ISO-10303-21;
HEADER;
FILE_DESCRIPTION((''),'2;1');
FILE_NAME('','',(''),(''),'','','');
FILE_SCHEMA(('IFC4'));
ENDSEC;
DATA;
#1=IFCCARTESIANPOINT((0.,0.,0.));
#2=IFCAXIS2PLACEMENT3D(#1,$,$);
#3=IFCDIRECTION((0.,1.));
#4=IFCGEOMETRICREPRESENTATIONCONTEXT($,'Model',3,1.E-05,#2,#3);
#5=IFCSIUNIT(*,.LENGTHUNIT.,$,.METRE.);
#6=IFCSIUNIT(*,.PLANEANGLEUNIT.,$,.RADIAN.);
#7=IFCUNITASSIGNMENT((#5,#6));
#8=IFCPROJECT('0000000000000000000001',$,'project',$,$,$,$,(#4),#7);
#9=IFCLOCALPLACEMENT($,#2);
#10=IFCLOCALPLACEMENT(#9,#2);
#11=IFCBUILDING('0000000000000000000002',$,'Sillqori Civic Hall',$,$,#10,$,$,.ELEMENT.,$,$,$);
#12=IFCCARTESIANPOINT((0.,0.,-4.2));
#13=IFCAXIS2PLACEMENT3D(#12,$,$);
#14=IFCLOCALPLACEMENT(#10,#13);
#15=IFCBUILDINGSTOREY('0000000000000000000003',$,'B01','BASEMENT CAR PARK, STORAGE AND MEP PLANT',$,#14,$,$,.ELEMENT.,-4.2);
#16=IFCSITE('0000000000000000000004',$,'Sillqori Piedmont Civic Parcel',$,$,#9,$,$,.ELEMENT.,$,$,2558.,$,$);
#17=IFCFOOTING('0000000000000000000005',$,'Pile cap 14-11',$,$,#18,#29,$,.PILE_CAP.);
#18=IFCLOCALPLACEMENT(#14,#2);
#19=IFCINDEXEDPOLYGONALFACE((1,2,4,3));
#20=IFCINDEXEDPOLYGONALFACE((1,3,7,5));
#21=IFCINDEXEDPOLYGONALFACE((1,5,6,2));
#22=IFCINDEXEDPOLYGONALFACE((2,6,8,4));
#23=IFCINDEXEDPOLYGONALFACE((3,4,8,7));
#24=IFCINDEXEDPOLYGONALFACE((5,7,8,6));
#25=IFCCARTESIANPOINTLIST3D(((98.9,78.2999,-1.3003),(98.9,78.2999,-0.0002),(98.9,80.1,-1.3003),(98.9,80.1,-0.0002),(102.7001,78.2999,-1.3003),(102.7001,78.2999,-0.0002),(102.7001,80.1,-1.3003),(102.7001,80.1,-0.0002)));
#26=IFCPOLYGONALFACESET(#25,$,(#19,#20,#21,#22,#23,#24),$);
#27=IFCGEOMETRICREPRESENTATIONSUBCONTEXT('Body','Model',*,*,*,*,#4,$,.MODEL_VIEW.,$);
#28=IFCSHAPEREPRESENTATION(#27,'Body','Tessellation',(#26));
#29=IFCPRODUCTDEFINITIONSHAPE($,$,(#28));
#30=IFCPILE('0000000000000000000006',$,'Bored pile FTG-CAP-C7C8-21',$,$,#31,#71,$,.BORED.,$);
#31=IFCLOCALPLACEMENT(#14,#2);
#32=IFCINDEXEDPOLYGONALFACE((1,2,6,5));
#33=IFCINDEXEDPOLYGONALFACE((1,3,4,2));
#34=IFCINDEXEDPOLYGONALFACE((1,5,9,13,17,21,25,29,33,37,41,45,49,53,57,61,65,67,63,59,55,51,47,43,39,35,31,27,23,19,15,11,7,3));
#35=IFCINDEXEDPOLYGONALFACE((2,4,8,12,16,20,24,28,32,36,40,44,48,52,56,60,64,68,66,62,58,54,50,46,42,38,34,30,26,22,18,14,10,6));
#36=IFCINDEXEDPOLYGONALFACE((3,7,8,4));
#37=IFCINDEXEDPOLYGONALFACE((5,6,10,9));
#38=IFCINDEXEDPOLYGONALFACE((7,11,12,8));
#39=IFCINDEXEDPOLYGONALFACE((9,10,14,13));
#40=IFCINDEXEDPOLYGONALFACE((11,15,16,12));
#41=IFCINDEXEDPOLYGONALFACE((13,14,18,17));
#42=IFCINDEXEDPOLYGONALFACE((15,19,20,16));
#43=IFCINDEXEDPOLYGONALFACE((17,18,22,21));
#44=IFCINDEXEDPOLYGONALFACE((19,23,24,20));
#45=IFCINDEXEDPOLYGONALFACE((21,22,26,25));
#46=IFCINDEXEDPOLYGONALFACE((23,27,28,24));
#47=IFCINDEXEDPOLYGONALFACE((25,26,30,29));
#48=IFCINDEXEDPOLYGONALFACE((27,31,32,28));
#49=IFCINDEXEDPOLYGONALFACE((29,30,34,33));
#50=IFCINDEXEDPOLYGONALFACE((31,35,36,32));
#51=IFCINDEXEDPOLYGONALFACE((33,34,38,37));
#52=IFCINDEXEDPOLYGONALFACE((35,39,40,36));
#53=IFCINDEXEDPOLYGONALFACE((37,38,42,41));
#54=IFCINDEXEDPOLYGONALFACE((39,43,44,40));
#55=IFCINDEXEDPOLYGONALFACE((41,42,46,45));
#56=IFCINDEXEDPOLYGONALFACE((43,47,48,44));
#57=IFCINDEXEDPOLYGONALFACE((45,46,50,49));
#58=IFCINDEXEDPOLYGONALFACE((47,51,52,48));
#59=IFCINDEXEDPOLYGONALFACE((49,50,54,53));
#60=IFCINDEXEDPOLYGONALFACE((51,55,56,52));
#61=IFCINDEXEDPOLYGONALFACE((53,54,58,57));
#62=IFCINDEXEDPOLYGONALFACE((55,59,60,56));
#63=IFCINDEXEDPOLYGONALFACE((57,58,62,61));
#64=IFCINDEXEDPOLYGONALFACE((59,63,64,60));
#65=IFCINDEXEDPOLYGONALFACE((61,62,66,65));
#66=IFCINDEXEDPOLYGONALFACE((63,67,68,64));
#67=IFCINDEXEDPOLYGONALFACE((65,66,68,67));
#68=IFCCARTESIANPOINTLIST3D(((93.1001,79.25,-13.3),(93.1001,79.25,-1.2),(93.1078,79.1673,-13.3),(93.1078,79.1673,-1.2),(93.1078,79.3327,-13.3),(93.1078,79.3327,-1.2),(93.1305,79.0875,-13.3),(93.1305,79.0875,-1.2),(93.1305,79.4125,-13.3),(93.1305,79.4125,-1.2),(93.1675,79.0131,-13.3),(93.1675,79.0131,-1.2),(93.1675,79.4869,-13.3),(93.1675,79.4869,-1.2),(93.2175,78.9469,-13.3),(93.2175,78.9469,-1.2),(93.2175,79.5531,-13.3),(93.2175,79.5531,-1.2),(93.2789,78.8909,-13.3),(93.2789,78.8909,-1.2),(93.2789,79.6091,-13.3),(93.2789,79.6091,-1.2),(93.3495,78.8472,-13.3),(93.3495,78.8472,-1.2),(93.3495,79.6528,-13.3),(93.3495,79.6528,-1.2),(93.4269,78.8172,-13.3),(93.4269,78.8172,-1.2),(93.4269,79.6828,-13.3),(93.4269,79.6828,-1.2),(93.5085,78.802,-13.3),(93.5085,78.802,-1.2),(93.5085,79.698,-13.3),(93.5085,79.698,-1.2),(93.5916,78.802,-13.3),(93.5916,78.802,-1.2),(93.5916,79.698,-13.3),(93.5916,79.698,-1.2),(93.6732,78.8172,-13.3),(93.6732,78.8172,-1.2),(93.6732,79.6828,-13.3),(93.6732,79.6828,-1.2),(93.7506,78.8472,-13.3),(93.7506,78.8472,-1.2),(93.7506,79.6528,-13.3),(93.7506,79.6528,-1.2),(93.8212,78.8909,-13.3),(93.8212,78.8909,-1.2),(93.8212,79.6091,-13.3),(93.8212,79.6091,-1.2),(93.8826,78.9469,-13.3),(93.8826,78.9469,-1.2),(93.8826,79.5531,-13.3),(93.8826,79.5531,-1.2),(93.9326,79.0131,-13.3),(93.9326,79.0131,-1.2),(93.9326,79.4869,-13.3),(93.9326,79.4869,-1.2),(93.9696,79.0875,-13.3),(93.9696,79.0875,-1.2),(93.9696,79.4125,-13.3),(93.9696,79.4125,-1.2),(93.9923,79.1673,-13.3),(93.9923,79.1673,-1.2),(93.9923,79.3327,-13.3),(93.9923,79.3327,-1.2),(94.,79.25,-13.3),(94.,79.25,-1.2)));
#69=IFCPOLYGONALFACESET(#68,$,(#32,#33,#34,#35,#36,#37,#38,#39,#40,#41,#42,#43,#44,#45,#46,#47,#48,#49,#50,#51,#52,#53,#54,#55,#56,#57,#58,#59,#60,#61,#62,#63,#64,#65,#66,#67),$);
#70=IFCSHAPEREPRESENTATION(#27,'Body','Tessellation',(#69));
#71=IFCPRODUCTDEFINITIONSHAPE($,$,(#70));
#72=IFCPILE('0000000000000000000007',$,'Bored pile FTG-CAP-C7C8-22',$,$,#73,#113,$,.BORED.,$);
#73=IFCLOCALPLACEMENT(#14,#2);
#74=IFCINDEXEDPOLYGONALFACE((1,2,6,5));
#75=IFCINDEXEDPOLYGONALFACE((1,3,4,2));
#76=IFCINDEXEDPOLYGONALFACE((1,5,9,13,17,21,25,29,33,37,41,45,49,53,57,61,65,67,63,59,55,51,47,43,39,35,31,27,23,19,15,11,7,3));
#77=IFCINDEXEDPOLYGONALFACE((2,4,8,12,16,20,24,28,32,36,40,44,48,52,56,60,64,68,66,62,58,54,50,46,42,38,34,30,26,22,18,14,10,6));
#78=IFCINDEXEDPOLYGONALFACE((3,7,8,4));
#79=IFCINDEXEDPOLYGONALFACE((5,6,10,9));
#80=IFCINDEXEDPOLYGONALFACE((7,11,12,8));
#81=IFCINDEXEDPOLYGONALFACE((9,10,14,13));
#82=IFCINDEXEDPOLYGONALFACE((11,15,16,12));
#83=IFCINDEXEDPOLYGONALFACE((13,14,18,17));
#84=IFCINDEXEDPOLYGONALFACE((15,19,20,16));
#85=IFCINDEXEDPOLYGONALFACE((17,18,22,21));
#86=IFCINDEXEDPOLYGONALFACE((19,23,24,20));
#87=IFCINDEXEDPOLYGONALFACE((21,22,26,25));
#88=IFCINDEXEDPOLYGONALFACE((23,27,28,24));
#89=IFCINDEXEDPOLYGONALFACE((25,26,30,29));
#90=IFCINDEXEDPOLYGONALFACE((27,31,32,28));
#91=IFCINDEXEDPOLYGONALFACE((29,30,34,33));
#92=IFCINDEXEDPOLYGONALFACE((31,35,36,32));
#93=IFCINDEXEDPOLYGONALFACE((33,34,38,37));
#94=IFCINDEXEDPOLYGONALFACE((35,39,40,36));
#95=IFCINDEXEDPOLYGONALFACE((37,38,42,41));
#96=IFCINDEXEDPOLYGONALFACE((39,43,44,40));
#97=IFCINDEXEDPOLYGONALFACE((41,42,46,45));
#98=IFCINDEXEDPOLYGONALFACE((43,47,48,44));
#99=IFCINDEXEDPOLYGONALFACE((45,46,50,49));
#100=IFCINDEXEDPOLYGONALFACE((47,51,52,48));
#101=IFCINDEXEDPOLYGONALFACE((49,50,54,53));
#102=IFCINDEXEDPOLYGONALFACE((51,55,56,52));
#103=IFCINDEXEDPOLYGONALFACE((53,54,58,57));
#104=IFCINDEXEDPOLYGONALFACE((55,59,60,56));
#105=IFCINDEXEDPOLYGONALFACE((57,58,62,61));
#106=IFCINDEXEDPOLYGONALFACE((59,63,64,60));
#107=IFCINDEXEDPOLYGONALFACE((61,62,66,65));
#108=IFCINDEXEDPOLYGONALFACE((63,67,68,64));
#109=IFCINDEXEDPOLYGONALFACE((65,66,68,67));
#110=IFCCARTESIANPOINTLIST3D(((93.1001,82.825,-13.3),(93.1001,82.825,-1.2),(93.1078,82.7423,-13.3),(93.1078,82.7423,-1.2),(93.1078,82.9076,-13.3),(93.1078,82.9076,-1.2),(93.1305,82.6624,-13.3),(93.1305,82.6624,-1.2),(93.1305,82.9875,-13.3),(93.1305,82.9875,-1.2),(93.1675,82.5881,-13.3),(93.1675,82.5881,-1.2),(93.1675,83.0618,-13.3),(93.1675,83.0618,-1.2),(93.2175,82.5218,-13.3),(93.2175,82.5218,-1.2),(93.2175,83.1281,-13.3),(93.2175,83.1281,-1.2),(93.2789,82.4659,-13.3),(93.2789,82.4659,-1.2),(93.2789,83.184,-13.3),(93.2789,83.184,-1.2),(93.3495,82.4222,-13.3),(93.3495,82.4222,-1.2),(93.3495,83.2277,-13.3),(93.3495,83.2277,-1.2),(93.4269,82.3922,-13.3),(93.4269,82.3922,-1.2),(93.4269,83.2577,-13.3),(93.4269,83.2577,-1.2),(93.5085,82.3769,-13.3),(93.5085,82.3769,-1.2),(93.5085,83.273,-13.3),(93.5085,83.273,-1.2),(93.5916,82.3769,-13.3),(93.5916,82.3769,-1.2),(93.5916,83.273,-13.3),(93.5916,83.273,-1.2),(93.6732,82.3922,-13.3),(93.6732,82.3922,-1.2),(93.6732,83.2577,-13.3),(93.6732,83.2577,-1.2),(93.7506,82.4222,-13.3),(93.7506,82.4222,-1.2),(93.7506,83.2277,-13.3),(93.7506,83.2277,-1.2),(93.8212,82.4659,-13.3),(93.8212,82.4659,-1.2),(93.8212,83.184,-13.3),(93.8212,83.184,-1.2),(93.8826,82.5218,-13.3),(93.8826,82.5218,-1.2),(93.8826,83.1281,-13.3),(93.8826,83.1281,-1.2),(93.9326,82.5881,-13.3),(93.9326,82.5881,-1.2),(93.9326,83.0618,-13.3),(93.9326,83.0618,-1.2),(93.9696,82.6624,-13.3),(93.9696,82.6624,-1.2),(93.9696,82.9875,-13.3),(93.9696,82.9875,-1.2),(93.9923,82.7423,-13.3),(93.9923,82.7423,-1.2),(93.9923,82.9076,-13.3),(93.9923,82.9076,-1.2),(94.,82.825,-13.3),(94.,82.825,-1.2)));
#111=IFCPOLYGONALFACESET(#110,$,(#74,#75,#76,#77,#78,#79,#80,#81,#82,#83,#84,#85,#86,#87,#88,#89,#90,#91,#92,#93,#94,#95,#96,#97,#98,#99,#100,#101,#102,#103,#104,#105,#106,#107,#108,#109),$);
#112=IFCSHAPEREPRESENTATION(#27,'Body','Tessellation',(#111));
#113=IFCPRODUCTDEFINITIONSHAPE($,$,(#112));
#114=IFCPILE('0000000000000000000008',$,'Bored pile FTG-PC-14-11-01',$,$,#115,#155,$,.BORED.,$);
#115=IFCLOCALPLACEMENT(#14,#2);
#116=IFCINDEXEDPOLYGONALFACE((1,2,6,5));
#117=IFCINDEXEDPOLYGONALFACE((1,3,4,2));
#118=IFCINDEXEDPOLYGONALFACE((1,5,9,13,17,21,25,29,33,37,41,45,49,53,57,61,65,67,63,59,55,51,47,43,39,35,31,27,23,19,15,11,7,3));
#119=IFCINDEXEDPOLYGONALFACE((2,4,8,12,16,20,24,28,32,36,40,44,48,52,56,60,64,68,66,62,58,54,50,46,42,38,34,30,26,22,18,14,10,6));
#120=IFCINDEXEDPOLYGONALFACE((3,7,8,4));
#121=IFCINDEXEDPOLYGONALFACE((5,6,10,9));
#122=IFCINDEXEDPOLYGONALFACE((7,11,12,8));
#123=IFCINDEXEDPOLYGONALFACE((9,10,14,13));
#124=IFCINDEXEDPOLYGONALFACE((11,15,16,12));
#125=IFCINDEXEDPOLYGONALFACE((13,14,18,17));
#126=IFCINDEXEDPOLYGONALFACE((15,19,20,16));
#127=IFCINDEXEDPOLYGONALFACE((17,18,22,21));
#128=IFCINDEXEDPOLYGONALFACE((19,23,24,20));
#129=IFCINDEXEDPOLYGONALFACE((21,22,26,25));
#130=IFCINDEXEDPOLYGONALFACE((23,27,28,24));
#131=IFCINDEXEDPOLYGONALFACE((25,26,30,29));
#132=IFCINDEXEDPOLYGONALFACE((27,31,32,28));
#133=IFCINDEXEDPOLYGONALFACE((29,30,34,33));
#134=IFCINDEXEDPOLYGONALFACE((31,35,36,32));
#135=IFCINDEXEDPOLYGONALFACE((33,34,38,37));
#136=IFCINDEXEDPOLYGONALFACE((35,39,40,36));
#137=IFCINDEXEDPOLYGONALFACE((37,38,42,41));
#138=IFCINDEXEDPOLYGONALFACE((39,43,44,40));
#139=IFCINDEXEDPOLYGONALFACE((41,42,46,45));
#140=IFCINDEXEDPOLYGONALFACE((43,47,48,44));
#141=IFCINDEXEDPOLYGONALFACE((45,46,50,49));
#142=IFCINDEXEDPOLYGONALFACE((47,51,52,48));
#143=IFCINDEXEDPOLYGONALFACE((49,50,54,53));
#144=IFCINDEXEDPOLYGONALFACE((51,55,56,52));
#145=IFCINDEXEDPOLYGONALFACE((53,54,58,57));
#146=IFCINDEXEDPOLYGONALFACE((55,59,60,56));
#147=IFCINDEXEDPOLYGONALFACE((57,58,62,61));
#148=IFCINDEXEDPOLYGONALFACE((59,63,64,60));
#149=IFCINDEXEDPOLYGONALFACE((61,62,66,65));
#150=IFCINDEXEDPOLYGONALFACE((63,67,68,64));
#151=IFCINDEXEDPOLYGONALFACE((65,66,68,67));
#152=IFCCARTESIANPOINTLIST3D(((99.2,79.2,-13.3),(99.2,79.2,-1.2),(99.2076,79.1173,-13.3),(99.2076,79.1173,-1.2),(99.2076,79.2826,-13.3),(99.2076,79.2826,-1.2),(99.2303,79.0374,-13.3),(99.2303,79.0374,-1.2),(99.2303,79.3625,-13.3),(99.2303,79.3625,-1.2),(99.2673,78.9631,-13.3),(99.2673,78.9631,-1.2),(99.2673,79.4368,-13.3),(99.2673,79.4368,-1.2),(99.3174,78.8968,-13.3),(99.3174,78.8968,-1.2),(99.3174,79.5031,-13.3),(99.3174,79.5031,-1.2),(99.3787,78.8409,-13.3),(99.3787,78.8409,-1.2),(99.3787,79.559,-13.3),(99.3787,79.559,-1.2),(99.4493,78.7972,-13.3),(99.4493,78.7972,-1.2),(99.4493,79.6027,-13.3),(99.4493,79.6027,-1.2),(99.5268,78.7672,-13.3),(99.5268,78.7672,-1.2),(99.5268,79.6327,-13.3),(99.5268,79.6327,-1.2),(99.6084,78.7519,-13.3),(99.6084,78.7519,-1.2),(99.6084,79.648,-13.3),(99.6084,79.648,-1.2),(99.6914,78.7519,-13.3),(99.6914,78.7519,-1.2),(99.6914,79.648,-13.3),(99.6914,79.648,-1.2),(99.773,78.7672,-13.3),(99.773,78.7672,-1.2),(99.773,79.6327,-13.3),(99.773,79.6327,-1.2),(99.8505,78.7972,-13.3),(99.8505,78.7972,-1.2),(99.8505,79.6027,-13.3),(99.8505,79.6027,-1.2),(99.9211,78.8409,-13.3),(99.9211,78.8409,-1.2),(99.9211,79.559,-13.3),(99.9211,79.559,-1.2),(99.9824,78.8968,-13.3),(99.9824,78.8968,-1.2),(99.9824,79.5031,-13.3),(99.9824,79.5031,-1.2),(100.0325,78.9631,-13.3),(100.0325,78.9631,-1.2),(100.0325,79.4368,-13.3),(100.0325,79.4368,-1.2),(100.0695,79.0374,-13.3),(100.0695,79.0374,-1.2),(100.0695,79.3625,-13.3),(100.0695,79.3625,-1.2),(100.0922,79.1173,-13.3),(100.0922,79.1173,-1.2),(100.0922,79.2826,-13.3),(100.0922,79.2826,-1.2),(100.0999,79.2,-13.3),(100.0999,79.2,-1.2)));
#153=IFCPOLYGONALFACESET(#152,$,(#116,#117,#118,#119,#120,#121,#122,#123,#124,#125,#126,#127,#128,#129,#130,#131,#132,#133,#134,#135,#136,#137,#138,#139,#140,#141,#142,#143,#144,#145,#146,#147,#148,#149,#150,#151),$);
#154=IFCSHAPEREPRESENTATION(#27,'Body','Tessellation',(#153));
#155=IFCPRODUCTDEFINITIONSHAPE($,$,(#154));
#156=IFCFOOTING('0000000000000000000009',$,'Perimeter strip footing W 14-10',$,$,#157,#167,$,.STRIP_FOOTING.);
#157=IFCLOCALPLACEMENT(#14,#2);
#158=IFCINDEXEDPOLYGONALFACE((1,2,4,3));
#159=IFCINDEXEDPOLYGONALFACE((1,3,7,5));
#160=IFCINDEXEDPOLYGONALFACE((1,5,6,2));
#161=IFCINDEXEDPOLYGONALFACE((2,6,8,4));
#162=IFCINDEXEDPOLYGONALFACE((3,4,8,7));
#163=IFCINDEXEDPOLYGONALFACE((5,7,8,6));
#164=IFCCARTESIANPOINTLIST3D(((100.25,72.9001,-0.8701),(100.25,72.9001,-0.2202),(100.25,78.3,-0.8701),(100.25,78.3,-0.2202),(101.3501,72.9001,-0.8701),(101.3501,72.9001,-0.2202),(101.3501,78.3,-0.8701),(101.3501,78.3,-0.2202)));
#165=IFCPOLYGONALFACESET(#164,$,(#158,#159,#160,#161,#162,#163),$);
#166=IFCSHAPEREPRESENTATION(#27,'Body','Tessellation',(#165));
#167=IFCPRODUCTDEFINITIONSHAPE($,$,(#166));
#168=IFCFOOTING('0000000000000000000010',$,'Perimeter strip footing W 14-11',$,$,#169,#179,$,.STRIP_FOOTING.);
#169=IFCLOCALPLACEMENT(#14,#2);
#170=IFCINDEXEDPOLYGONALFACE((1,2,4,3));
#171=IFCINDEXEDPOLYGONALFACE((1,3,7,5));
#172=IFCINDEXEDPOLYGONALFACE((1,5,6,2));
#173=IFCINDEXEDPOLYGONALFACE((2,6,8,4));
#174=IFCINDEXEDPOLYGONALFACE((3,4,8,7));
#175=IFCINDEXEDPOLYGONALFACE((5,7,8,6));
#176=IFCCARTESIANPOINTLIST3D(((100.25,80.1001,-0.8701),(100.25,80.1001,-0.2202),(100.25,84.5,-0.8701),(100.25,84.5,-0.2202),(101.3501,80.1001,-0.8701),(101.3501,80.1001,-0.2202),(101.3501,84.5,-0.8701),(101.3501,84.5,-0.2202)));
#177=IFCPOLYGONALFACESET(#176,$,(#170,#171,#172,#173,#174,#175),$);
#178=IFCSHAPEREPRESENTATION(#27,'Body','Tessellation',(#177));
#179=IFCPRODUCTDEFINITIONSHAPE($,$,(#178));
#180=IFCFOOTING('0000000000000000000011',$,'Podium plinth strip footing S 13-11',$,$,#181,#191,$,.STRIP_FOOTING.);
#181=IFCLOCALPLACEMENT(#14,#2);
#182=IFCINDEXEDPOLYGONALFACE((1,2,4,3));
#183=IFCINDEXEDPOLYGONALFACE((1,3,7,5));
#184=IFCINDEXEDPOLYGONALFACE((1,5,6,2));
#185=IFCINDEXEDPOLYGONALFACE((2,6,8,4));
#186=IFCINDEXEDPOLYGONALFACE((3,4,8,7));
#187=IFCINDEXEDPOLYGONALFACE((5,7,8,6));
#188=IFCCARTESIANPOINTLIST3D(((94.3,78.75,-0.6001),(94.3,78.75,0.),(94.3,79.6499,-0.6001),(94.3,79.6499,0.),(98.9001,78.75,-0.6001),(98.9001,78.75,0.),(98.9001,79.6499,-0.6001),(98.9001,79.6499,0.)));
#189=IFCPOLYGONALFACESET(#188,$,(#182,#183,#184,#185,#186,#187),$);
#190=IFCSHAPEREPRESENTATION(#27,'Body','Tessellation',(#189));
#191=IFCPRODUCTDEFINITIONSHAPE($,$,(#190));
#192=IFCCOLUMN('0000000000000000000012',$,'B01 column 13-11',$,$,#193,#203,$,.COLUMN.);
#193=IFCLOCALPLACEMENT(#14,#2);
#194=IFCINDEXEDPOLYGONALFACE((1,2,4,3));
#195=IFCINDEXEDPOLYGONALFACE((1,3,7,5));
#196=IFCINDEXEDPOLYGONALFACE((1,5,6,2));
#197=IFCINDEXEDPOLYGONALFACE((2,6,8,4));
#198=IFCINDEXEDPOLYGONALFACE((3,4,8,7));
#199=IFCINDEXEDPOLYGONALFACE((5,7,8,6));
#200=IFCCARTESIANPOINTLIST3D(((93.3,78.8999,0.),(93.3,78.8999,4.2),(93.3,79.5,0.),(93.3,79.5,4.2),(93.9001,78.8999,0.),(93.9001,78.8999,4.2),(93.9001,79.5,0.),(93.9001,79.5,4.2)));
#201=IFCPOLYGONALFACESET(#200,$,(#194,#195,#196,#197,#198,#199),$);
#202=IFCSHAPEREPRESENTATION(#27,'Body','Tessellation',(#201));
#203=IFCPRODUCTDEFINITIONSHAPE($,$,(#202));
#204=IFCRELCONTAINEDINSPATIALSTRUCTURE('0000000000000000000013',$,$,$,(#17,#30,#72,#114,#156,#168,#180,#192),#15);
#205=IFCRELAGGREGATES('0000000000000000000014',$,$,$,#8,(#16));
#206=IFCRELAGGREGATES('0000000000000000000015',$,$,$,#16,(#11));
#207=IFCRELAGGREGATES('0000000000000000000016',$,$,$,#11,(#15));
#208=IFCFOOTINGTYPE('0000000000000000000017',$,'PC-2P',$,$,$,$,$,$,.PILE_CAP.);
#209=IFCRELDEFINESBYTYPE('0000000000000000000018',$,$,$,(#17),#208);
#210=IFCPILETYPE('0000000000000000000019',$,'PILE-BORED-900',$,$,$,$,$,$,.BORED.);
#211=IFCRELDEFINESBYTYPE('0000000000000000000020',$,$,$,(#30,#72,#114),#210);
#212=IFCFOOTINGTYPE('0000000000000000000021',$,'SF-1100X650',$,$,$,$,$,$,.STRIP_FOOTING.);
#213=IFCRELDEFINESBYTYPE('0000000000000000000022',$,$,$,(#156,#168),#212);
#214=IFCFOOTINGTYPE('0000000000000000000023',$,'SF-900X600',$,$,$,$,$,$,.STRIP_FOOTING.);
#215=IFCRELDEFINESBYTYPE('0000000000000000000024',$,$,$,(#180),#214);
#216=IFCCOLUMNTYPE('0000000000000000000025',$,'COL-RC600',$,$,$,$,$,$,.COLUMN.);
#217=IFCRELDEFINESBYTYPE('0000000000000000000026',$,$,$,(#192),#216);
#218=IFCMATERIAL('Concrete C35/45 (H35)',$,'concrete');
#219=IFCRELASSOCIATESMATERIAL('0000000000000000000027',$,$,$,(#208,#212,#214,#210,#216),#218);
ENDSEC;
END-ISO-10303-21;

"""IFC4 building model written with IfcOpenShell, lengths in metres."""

from ifc_helpers import new_model, si_unit, direction, frame, origin, origin_2d, place, context, subcontext, project, spatial, rectangle, circle, extrude, material, material_profile, profile_set, type_object, element, save


model = new_model("IFC4")

# Units and contexts
model_context = context("Model", 3, precision=1e-05, world=origin(), true_north=direction((0.0, 1.0)))
body_context = subcontext(model_context, "Body", "Model", "MODEL_VIEW")
ifc_project = project(units=[si_unit("LENGTHUNIT", "METRE"), si_unit("PLANEANGLEUNIT", "RADIAN")], contexts=[model_context])

# Site, building, storey
site_placement = place(None, origin())
site = spatial("IfcSite", under=ifc_project, at=site_placement, Name="Sillqori Piedmont Civic Parcel", CompositionType="ELEMENT", RefElevation=2558.0)
building_placement = place(site_placement, origin())
building = spatial("IfcBuilding", under=site, at=building_placement, Name="Sillqori Civic Hall", CompositionType="ELEMENT")
storey_placement = place(building_placement, frame((0.0, 0.0, -4.2)))
storey = spatial("IfcBuildingStorey", under=building, at=storey_placement, Name="B01", Description="BASEMENT CAR PARK, STORAGE AND MEP PLANT", CompositionType="ELEMENT", Elevation=-4.2)

# Footing
ifc_material_1 = material(Name="Concrete C35/45 (H35)", Category="concrete")
footing_type_1 = type_object("IfcFootingType", Name="PC-2P", PredefinedType="PILE_CAP", material=ifc_material_1)
footing_1_placement = place(storey_placement, frame((100.8, 79.2, -1.3003), z_axis=(0.0, 0.0, 1.0), x_axis=(1.0, 0.0, 0.0)))
element("IfcFooting", 1, at=footing_1_placement, inside=storey, type_object=footing_type_1, Name="Pile cap 14-11", PredefinedType="PILE_CAP", context=body_context, shape_type="SweptSolid", body=[
    extrude(rectangle(XDim=3.8, YDim=1.8, at=origin_2d()), origin(), (0.0, 0.0, 1.0), 1.3),
])

# Piles
ifc_material_profile_1 = material_profile(ifc_material_1, circle(Radius=0.45, at=origin_2d()), Name="BORED PILE 900")
ifc_profile_set_1 = profile_set([ifc_material_profile_1], Name="Concrete C35/45 (H35)")
pile_type = type_object("IfcPileType", Name="PILE-BORED-900", PredefinedType="BORED", material=ifc_profile_set_1)
for number, where, z_axis, x_axis, name in (
    (2, (93.55, 79.25, -1.2), (0.0, 0.0, -1.0), (1.0, 0.0, 0.0), "Bored pile FTG-CAP-C7C8-21"),
    (3, (93.55, 82.825, -1.2), (0.0, 0.0, -1.0), (1.0, 0.0, 0.0), "Bored pile FTG-CAP-C7C8-22"),
    (4, (99.6499, 79.2, -1.2), (0.0, 0.0, -1.0), (1.0, 0.0, 0.0), "Bored pile FTG-PC-14-11-01"),
):
    element("IfcPile", number, at=place(storey_placement, frame(where, z_axis=z_axis, x_axis=x_axis)), inside=storey, type_object=pile_type, Name=name, PredefinedType="BORED", context=body_context, shape_type="SweptSolid", body=[
        extrude(circle(Radius=0.45, at=origin_2d()), origin(), (0.0, 0.0, 1.0), 12.1001),
    ])

# Footings
footing_type_2 = type_object("IfcFootingType", Name="SF-1100X650", PredefinedType="STRIP_FOOTING", material=ifc_material_1)
footing_2_placement = place(storey_placement, frame((100.8, 75.6001, -0.8701), z_axis=(0.0, 0.0, 1.0), x_axis=(1.0, 0.0, 0.0)))
element("IfcFooting", 5, at=footing_2_placement, inside=storey, type_object=footing_type_2, Name="Perimeter strip footing W 14-10", PredefinedType="STRIP_FOOTING", context=body_context, shape_type="SweptSolid", body=[
    extrude(rectangle(XDim=1.1001, YDim=5.3999, at=origin_2d()), origin(), (0.0, 0.0, 1.0), 0.6499),
])
footing_3_placement = place(storey_placement, frame((100.8, 82.3, -0.8701), z_axis=(0.0, 0.0, 1.0), x_axis=(1.0, 0.0, 0.0)))
element("IfcFooting", 6, at=footing_3_placement, inside=storey, type_object=footing_type_2, Name="Perimeter strip footing W 14-11", PredefinedType="STRIP_FOOTING", context=body_context, shape_type="SweptSolid", body=[
    extrude(rectangle(XDim=1.1001, YDim=4.3999, at=origin_2d()), origin(), (0.0, 0.0, 1.0), 0.6499),
])
footing_type_3 = type_object("IfcFootingType", Name="SF-900X600", PredefinedType="STRIP_FOOTING", material=ifc_material_1)
footing_4_placement = place(storey_placement, frame((96.6001, 79.2, -0.6001), z_axis=(0.0, 0.0, 1.0), x_axis=(1.0, 0.0, 0.0)))
element("IfcFooting", 7, at=footing_4_placement, inside=storey, type_object=footing_type_3, Name="Podium plinth strip footing S 13-11", PredefinedType="STRIP_FOOTING", context=body_context, shape_type="SweptSolid", body=[
    extrude(rectangle(XDim=4.6001, YDim=0.8999, at=origin_2d()), origin(), (0.0, 0.0, 1.0), 0.6001),
])

# Column
ifc_material_profile_2 = material_profile(ifc_material_1, rectangle(XDim=0.6001, YDim=0.6001, at=origin_2d()), Name="RC 600x600")
ifc_profile_set_2 = profile_set([ifc_material_profile_2], Name="Concrete C35/45 (H35)")
column_type = type_object("IfcColumnType", Name="COL-RC600", PredefinedType="COLUMN", material=ifc_profile_set_2)
for number, where, z_axis, x_axis, name in (
    (8, (93.6001, 79.2, 0.0), (0.0, 0.0, 1.0), (1.0, 0.0, 0.0), "B01 column 13-11"),
):
    element("IfcColumn", number, at=place(storey_placement, frame(where, z_axis=z_axis, x_axis=x_axis)), inside=storey, type_object=column_type, Name=name, PredefinedType="COLUMN", context=body_context, shape_type="SweptSolid", body=[
        extrude(rectangle(XDim=0.6001, YDim=0.6001, at=origin_2d()), origin(), (0.0, 0.0, 1.0), 4.2),
    ])

save(model, "model.ifc")
